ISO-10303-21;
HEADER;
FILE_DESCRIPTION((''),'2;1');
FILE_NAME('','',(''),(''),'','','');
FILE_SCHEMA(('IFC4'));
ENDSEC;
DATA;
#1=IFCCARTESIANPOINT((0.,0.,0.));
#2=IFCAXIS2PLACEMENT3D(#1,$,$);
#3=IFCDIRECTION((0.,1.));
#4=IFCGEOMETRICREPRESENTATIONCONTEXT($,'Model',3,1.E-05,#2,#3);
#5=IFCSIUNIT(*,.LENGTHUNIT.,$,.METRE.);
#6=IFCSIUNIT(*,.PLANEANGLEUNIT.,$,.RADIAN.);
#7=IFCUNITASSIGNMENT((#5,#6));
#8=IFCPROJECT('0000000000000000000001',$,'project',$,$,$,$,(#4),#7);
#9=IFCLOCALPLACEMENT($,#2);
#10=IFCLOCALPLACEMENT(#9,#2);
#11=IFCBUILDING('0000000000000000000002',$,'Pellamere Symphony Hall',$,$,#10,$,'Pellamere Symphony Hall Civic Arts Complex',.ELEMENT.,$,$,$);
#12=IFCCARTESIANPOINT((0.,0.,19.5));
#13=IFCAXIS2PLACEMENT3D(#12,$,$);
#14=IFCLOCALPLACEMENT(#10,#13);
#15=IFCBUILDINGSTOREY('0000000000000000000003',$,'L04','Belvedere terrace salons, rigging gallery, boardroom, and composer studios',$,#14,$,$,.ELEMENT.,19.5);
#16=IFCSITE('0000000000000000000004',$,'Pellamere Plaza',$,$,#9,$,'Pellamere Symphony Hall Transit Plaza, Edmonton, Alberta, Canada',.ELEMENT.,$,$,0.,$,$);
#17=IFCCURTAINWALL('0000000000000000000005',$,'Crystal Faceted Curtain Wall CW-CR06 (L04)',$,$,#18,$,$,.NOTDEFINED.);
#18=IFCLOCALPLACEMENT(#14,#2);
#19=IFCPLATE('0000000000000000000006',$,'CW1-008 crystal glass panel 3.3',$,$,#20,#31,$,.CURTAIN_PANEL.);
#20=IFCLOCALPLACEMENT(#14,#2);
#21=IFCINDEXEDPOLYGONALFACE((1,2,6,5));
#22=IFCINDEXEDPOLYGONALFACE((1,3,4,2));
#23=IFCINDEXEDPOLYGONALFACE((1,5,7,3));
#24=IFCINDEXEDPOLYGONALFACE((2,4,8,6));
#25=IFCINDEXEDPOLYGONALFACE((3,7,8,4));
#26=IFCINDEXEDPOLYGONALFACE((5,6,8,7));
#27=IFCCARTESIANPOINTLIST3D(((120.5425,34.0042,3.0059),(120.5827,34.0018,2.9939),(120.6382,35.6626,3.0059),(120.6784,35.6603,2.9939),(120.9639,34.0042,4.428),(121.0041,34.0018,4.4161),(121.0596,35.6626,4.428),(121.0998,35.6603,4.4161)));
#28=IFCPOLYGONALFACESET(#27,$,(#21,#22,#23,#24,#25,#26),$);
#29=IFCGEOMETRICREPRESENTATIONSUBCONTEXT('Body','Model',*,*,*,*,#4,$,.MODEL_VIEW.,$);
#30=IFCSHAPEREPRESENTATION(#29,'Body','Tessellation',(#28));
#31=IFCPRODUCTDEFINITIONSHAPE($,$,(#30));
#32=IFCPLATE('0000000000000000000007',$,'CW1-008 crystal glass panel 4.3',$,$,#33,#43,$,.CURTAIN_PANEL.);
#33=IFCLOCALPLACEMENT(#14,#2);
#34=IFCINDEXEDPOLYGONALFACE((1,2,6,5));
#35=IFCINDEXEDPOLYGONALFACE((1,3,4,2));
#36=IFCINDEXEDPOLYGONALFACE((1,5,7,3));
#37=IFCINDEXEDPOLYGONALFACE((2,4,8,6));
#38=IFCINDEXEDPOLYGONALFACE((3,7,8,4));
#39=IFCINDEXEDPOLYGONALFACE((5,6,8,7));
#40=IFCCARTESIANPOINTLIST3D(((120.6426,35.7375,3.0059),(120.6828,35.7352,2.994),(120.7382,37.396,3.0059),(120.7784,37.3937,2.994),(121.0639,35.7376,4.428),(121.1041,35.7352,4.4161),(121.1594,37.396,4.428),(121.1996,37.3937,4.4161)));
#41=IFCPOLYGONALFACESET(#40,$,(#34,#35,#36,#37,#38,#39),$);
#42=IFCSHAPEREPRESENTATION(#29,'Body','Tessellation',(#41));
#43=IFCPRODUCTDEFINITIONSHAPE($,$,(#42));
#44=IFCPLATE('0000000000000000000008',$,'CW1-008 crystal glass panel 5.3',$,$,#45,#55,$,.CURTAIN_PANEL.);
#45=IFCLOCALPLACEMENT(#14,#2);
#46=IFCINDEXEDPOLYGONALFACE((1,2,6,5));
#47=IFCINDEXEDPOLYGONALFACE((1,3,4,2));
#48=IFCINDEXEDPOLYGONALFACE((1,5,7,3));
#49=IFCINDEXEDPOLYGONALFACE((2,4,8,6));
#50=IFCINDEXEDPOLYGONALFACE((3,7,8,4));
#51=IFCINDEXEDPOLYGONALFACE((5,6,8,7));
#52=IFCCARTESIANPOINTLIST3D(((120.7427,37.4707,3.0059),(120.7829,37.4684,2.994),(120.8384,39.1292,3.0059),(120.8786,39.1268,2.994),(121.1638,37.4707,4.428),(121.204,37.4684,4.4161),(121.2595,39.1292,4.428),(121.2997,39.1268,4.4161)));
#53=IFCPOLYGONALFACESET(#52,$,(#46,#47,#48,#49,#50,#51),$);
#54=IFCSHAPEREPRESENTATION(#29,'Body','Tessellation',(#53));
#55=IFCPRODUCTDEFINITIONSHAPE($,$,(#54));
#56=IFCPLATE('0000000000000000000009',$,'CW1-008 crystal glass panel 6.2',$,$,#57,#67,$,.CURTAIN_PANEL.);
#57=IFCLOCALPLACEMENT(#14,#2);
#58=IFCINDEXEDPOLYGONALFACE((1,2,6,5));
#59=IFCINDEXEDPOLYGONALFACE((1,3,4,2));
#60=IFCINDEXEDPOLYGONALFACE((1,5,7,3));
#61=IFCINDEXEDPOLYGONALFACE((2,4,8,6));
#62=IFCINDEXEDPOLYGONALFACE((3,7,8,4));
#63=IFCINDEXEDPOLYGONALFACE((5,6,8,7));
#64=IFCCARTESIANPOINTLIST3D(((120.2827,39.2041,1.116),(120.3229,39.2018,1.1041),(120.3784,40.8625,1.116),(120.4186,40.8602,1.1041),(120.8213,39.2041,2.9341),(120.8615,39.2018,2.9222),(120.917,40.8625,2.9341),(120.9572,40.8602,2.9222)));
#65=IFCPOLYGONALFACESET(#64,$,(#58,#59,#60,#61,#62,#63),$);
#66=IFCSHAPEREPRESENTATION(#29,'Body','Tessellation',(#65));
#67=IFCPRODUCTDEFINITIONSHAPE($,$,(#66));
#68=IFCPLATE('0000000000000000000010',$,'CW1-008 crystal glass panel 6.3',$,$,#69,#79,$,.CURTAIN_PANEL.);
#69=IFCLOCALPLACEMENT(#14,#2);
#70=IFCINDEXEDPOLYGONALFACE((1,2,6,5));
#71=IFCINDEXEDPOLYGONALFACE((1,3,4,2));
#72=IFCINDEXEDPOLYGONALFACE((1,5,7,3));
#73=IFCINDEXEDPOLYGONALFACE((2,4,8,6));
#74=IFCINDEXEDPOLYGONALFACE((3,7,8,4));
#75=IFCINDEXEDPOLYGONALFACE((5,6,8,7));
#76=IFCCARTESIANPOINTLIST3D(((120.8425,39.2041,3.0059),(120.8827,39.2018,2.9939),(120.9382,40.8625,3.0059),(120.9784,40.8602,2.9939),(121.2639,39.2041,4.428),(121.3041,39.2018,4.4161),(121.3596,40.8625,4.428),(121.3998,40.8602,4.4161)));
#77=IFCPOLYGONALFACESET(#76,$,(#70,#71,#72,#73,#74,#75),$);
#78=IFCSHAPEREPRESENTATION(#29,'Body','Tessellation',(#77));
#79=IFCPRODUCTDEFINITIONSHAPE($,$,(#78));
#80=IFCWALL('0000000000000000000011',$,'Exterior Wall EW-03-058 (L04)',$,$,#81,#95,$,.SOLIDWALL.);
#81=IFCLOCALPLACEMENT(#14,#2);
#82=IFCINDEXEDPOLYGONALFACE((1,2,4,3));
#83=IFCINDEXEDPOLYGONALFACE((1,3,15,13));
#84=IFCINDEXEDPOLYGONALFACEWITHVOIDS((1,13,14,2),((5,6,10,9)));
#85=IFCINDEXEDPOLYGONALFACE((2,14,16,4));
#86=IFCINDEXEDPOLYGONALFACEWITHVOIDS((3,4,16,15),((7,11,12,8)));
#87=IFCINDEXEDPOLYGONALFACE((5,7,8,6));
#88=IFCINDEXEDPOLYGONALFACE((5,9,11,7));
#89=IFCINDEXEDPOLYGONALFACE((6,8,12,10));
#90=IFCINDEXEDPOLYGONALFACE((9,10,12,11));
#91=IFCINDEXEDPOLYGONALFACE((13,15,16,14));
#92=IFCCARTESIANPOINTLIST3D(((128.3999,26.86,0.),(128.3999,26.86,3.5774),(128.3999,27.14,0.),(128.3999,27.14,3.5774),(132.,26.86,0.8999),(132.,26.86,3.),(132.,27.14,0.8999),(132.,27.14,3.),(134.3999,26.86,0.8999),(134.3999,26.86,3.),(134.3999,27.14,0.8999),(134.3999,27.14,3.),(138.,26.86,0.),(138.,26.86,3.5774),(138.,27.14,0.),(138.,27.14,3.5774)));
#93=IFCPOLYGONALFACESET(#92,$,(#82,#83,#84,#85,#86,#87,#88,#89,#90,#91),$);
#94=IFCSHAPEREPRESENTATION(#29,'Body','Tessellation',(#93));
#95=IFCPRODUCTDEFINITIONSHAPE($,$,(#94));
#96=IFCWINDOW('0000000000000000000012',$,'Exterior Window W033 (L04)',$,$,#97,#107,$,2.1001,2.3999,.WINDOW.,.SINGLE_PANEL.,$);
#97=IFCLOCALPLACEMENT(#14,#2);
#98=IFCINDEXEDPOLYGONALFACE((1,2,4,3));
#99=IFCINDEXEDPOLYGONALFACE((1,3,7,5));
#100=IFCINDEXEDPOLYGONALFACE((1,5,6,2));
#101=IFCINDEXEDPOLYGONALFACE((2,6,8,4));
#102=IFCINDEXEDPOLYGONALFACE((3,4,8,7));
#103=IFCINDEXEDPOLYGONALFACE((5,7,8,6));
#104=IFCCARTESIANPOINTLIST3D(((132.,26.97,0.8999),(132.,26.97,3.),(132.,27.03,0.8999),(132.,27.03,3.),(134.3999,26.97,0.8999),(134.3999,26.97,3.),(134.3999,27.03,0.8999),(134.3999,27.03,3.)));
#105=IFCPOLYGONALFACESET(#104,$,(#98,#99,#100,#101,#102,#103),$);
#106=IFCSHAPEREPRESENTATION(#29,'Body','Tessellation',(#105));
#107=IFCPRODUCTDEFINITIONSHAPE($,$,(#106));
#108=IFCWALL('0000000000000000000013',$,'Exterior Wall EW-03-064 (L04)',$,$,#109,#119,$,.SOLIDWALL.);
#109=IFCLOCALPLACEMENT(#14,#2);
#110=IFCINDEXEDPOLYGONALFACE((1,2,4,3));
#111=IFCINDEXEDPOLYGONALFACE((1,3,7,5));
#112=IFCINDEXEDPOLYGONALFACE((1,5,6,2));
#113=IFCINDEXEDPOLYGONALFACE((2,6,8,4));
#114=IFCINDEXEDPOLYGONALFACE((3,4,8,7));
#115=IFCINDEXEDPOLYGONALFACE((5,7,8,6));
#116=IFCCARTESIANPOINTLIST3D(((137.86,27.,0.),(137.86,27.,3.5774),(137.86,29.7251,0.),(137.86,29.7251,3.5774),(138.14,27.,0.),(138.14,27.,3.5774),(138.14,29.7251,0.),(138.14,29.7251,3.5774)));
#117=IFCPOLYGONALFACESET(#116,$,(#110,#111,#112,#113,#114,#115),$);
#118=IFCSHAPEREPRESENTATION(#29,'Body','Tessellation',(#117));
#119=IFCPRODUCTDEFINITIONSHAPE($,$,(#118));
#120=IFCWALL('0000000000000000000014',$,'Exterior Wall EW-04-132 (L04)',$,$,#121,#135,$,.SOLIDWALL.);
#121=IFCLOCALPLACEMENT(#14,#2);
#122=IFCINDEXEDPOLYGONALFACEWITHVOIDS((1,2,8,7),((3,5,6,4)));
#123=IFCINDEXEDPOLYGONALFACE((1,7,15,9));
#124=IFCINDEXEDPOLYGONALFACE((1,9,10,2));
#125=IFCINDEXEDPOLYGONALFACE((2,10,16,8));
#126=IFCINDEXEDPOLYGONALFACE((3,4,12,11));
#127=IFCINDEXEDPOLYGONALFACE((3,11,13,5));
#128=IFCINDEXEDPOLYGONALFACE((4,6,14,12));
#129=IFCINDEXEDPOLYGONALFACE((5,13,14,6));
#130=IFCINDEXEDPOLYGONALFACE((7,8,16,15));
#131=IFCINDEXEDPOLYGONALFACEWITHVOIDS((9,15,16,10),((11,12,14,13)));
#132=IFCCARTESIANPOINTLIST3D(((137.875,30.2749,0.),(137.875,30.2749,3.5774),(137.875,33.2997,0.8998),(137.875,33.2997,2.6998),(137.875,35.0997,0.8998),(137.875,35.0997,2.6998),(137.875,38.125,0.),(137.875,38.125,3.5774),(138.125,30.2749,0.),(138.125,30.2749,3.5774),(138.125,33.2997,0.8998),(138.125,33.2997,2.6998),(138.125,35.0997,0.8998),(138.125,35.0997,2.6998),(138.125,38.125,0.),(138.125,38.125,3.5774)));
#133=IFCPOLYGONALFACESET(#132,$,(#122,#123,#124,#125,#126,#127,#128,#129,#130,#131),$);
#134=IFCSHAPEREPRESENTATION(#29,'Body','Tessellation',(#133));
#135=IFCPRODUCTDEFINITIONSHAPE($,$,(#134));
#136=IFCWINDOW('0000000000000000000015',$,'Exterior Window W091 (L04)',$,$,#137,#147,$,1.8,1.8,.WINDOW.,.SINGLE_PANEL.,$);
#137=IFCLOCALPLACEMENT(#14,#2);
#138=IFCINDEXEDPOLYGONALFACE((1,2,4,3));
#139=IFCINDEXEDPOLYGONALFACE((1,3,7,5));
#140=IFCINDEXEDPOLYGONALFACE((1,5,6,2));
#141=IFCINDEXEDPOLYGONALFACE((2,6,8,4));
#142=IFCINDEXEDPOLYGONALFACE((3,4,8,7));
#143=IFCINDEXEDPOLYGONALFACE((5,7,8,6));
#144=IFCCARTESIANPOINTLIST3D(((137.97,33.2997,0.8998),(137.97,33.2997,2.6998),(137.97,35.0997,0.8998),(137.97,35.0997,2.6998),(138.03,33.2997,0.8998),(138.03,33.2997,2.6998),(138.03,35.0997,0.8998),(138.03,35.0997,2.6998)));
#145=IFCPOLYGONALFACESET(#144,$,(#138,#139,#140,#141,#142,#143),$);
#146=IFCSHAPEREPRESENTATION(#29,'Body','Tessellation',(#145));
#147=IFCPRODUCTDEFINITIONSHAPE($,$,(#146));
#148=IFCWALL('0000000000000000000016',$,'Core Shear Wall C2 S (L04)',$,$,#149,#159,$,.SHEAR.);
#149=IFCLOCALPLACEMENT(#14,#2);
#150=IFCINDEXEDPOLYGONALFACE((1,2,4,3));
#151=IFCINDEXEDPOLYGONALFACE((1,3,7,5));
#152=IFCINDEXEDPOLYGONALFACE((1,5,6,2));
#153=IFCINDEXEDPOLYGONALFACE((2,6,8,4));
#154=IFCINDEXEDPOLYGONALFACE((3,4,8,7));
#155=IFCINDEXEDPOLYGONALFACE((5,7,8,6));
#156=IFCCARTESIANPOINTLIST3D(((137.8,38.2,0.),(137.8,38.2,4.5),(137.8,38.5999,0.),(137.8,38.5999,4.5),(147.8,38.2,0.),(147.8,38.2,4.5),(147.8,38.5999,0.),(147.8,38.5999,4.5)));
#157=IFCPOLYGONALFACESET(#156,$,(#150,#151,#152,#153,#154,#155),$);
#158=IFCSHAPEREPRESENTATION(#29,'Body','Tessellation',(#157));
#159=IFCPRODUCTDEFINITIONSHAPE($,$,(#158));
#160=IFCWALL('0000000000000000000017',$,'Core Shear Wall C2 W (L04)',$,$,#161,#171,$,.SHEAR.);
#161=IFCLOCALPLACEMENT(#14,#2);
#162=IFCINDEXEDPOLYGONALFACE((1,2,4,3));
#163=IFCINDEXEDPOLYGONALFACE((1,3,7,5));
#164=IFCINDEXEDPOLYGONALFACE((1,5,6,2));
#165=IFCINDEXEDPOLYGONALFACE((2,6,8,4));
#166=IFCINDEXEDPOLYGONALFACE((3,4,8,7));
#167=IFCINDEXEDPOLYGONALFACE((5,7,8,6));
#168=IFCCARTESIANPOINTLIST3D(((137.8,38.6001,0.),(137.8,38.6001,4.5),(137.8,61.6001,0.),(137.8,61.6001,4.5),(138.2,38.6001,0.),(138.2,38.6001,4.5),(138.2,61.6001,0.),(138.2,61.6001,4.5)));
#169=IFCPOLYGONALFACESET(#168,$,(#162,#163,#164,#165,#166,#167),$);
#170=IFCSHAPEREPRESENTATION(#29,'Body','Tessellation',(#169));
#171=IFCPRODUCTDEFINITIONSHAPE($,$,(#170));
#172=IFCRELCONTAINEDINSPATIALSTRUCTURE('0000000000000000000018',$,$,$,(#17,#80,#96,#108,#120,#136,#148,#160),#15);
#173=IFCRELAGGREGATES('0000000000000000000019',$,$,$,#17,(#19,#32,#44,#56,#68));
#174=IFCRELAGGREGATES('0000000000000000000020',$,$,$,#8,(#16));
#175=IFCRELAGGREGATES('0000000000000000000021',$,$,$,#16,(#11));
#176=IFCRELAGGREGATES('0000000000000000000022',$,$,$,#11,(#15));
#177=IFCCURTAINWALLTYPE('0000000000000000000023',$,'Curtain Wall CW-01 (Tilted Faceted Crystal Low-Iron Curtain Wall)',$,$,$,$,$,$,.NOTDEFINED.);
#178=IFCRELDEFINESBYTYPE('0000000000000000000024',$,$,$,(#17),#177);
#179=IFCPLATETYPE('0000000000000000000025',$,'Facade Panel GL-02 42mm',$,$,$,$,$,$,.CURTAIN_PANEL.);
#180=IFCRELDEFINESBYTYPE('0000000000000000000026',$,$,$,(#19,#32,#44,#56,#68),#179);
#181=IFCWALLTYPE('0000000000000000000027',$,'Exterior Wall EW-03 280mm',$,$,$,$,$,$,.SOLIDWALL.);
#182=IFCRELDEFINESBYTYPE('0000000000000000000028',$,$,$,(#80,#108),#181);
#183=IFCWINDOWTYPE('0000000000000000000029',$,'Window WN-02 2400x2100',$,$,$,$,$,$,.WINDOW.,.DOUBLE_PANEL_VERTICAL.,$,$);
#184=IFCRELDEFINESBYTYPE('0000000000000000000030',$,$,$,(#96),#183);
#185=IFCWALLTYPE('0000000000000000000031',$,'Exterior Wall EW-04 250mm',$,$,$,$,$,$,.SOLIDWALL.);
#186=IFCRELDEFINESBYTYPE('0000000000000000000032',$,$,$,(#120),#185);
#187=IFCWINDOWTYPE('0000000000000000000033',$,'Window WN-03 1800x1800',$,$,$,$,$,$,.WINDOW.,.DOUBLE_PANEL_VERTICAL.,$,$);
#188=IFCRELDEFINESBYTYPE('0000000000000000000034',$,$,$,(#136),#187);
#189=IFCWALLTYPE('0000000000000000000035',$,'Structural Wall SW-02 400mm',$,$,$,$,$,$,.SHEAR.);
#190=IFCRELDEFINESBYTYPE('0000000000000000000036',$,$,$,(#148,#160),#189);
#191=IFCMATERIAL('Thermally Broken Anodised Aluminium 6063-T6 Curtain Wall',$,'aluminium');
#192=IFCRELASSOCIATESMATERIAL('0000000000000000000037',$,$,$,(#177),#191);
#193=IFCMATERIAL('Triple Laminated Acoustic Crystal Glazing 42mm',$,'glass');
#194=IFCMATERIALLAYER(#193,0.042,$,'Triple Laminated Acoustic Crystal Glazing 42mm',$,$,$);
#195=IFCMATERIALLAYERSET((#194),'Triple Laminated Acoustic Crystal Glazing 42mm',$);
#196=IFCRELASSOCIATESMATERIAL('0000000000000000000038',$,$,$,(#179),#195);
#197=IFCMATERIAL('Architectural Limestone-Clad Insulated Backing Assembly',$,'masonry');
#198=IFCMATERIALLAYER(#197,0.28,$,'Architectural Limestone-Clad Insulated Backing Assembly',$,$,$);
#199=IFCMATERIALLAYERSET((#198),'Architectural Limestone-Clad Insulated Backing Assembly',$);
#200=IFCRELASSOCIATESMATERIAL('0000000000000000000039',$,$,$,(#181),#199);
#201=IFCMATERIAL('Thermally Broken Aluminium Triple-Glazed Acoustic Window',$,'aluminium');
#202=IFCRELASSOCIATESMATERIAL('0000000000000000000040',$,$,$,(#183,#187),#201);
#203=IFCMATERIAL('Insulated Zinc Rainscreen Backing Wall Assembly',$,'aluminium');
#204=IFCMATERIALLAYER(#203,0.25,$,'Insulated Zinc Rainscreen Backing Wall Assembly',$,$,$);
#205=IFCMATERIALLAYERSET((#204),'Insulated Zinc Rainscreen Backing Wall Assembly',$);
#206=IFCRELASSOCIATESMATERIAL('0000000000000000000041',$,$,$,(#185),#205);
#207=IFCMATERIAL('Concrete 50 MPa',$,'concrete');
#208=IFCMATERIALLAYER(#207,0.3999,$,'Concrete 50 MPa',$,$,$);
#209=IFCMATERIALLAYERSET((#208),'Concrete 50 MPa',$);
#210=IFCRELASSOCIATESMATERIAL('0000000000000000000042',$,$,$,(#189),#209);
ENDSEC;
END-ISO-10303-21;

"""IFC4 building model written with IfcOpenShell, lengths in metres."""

from ifc_helpers import new_model, si_unit, direction, frame, frame_2d, origin, place, context, subcontext, project, spatial, polyline, rectangle, outline, extrude, material, layer, layer_set, type_object, element, fill, aggregate, save


model = new_model("IFC4")

# Units and contexts
model_context = context("Model", 3, precision=1e-05, world=origin(), true_north=direction((0.0, 1.0)))
body_context = subcontext(model_context, "Body", "Model", "MODEL_VIEW")
ifc_project = project(units=[si_unit("LENGTHUNIT", "METRE"), si_unit("PLANEANGLEUNIT", "RADIAN")], contexts=[model_context])

# Site, building, storey
site_placement = place(None, origin())
site = spatial("IfcSite", under=ifc_project, at=site_placement, Name="Pellamere Plaza", LongName="Pellamere Symphony Hall Transit Plaza, Edmonton, Alberta, Canada", CompositionType="ELEMENT", RefElevation=0.0)
building_placement = place(site_placement, origin())
building = spatial("IfcBuilding", under=site, at=building_placement, Name="Pellamere Symphony Hall", LongName="Pellamere Symphony Hall Civic Arts Complex", CompositionType="ELEMENT")
storey_placement = place(building_placement, frame((0.0, 0.0, 19.5)))
storey = spatial("IfcBuildingStorey", under=building, at=storey_placement, Name="L04", Description="Belvedere terrace salons, rigging gallery, boardroom, and composer studios", CompositionType="ELEMENT", Elevation=19.5)

# Curtain wall
ifc_material_1 = material(Name="Thermally Broken Anodised Aluminium 6063-T6 Curtain Wall", Category="aluminium")
curtain_wall_type = type_object("IfcCurtainWallType", Name="Curtain Wall CW-01 (Tilted Faceted Crystal Low-Iron Curtain Wall)", PredefinedType="NOTDEFINED", material=ifc_material_1)
curtain_wall_placement = place(storey_placement, origin())
curtain_wall = element("IfcCurtainWall", 1, at=curtain_wall_placement, inside=storey, type_object=curtain_wall_type, Name="Crystal Faceted Curtain Wall CW-CR06 (L04)", PredefinedType="NOTDEFINED")

# Plates
ifc_material_2 = material(Name="Triple Laminated Acoustic Crystal Glazing 42mm", Category="glass")
ifc_layer_1 = layer(ifc_material_2, 0.042, Name="Triple Laminated Acoustic Crystal Glazing 42mm")
ifc_layer_set_1 = layer_set([ifc_layer_1], Name="Triple Laminated Acoustic Crystal Glazing 42mm")
plate_type = type_object("IfcPlateType", Name="Facade Panel GL-02 42mm", PredefinedType="CURTAIN_PANEL", material=ifc_layer_set_1)
plate_1_placement = place(storey_placement, frame((120.5425, 34.0042, 3.0059), z_axis=(-0.957331, 0.055244, 0.283666), x_axis=(0.057611, 0.998339, 0.0)))
plate_1 = element("IfcPlate", 2, at=plate_1_placement, type_object=plate_type, Name="CW1-008 crystal glass panel 3.3", PredefinedType="CURTAIN_PANEL", context=body_context, shape_type="SweptSolid", body=[
    extrude(outline(polyline([(0.0, 0.0), (1.6612, 0.0), (1.6855, -1.483), (0.0243, -1.483), (0.0, 0.0)])), origin(), (0.0, 0.0, -1.0), 0.042),
])
plate_2_placement = place(storey_placement, frame((120.6426, 35.7375, 3.0059), z_axis=(-0.957357, 0.055175, 0.283591), x_axis=(0.057543, 0.998343, 0.00002)))
plate_2 = element("IfcPlate", 3, at=plate_2_placement, type_object=plate_type, Name="CW1-008 crystal glass panel 4.3", PredefinedType="CURTAIN_PANEL", context=body_context, shape_type="SweptSolid", body=[
    extrude(outline(polyline([(0.0, 0.0), (1.6612, 0.0), (1.6855, -1.483), (0.0243, -1.483), (0.0, 0.0)])), origin(), (0.0, 0.0, -1.0), 0.042),
])
plate_3_placement = place(storey_placement, frame((120.7427, 37.4707, 3.0059), z_axis=(-0.957375, 0.055247, 0.283515), x_axis=(0.057611, 0.998339, 0.0)))
plate_3 = element("IfcPlate", 4, at=plate_3_placement, type_object=plate_type, Name="CW1-008 crystal glass panel 5.3", PredefinedType="CURTAIN_PANEL", context=body_context, shape_type="SweptSolid", body=[
    extrude(outline(polyline([(0.0, 0.0), (1.6612, 0.0), (1.6855, -1.483), (0.0243, -1.483), (0.0, 0.0)])), origin(), (0.0, 0.0, -1.0), 0.042),
])
plate_4_placement = place(storey_placement, frame((120.2827, 39.2041, 1.116), z_axis=(-0.957352, 0.055245, 0.283593), x_axis=(0.057611, 0.998339, 0.0)))
plate_4 = element("IfcPlate", 5, at=plate_4_placement, type_object=plate_type, Name="CW1-008 crystal glass panel 6.2", PredefinedType="CURTAIN_PANEL", context=body_context, shape_type="SweptSolid", body=[
    extrude(outline(polyline([(0.0, 0.0), (1.6612, 0.0), (1.6922, -1.896), (0.031, -1.896), (0.0, 0.0)])), origin(), (0.0, 0.0, -1.0), 0.042),
])
plate_5_placement = place(storey_placement, frame((120.8425, 39.2041, 3.0059), z_axis=(-0.957331, 0.055244, 0.283666), x_axis=(0.057611, 0.998339, 0.0)))
plate_5 = element("IfcPlate", 6, at=plate_5_placement, type_object=plate_type, Name="CW1-008 crystal glass panel 6.3", PredefinedType="CURTAIN_PANEL", context=body_context, shape_type="SweptSolid", body=[
    extrude(outline(polyline([(0.0, 0.0), (1.6612, 0.0), (1.6855, -1.483), (0.0243, -1.483), (0.0, 0.0)])), origin(), (0.0, 0.0, -1.0), 0.042),
])
aggregate(curtain_wall, [plate_1, plate_2, plate_3, plate_4, plate_5])

# Wall, opening, window
ifc_material_3 = material(Name="Architectural Limestone-Clad Insulated Backing Assembly", Category="masonry")
ifc_layer_2 = layer(ifc_material_3, 0.28, Name="Architectural Limestone-Clad Insulated Backing Assembly")
ifc_layer_set_2 = layer_set([ifc_layer_2], Name="Architectural Limestone-Clad Insulated Backing Assembly")
wall_type_1 = type_object("IfcWallType", Name="Exterior Wall EW-03 280mm", PredefinedType="SOLIDWALL", material=ifc_layer_set_2)
wall_1_placement = place(storey_placement, frame((128.3999, 27.0, 0.0), z_axis=(0.0, 0.0, 1.0), x_axis=(1.0, 0.0, 0.0)))
wall_1 = element("IfcWall", 7, at=wall_1_placement, inside=storey, type_object=wall_type_1, Name="Exterior Wall EW-03-058 (L04)", PredefinedType="SOLIDWALL", context=body_context, shape_type="SweptSolid", body=[
    extrude(rectangle(XDim=9.6001, YDim=0.28, at=frame_2d((4.8, 0.0))), origin(), (0.0, 0.0, 1.0), 3.5774),
])
opening_1_placement = place(wall_1_placement, frame((3.6001, 0.0, 0.8999)))
opening_1 = element("IfcOpeningElement", 8, at=opening_1_placement, cuts=wall_1, PredefinedType="OPENING", context=body_context, shape_type="SweptSolid", body=[
    extrude(rectangle(XDim=2.3999, YDim=2.1001, at=frame_2d((1.2, 1.05))), frame((0.0, 0.1499, 0.0), z_axis=(0.0, -1.0, 0.0), x_axis=(1.0, 0.0, 0.0)), (0.0, 0.0, 1.0), 0.3),
])
ifc_material_4 = material(Name="Thermally Broken Aluminium Triple-Glazed Acoustic Window", Category="aluminium")
window_type_1 = type_object("IfcWindowType", Name="Window WN-02 2400x2100", PartitioningType="DOUBLE_PANEL_VERTICAL", PredefinedType="WINDOW", material=ifc_material_4)
window_1_placement = place(opening_1_placement, origin())
window_1 = element("IfcWindow", 9, at=window_1_placement, inside=storey, type_object=window_type_1, Name="Exterior Window W033 (L04)", OverallHeight=2.1001, OverallWidth=2.3999, PartitioningType="SINGLE_PANEL", PredefinedType="WINDOW", context=body_context, shape_type="SweptSolid", body=[
    extrude(rectangle(XDim=2.3999, YDim=2.1001, at=frame_2d((1.2, 1.05))), frame((0.0, 0.03, 0.0), z_axis=(0.0, -1.0, 0.0), x_axis=(1.0, 0.0, 0.0)), (0.0, 0.0, 1.0), 0.0601),
])
fill(opening_1, window_1)

# Wall
wall_2_placement = place(storey_placement, frame((138.0, 27.0, 0.0), z_axis=(0.0, 0.0, 1.0), x_axis=(0.0, 1.0, 0.0)))
element("IfcWall", 10, at=wall_2_placement, inside=storey, type_object=wall_type_1, Name="Exterior Wall EW-03-064 (L04)", PredefinedType="SOLIDWALL", context=body_context, shape_type="SweptSolid", body=[
    extrude(rectangle(XDim=2.7251, YDim=0.28, at=frame_2d((1.3625, 0.0))), origin(), (0.0, 0.0, 1.0), 3.5774),
])

# Wall, opening, window
ifc_material_5 = material(Name="Insulated Zinc Rainscreen Backing Wall Assembly", Category="aluminium")
ifc_layer_3 = layer(ifc_material_5, 0.25, Name="Insulated Zinc Rainscreen Backing Wall Assembly")
ifc_layer_set_3 = layer_set([ifc_layer_3], Name="Insulated Zinc Rainscreen Backing Wall Assembly")
wall_type_2 = type_object("IfcWallType", Name="Exterior Wall EW-04 250mm", PredefinedType="SOLIDWALL", material=ifc_layer_set_3)
wall_3_placement = place(storey_placement, frame((138.0, 30.2749, 0.0), z_axis=(0.0, 0.0, 1.0), x_axis=(0.0, 1.0, 0.0)))
wall_3 = element("IfcWall", 11, at=wall_3_placement, inside=storey, type_object=wall_type_2, Name="Exterior Wall EW-04-132 (L04)", PredefinedType="SOLIDWALL", context=body_context, shape_type="SweptSolid", body=[
    extrude(rectangle(XDim=7.8501, YDim=0.25, at=frame_2d((3.925, 0.0))), origin(), (0.0, 0.0, 1.0), 3.5774),
])
opening_2_placement = place(wall_3_placement, frame((3.0249, 0.0, 0.8999)))
opening_2 = element("IfcOpeningElement", 12, at=opening_2_placement, cuts=wall_3, PredefinedType="OPENING", context=body_context, shape_type="SweptSolid", body=[
    extrude(rectangle(XDim=1.8, YDim=1.8, at=frame_2d((0.8999, 0.8999))), frame((0.0, 0.135, 0.0), z_axis=(0.0, -1.0, 0.0), x_axis=(1.0, 0.0, 0.0)), (0.0, 0.0, 1.0), 0.27),
])
window_type_2 = type_object("IfcWindowType", Name="Window WN-03 1800x1800", PartitioningType="DOUBLE_PANEL_VERTICAL", PredefinedType="WINDOW", material=ifc_material_4)
window_2_placement = place(opening_2_placement, origin())
window_2 = element("IfcWindow", 13, at=window_2_placement, inside=storey, type_object=window_type_2, Name="Exterior Window W091 (L04)", OverallHeight=1.8, OverallWidth=1.8, PartitioningType="SINGLE_PANEL", PredefinedType="WINDOW", context=body_context, shape_type="SweptSolid", body=[
    extrude(rectangle(XDim=1.8, YDim=1.8, at=frame_2d((0.8999, 0.8999))), frame((0.0, 0.03, 0.0), z_axis=(0.0, -1.0, 0.0), x_axis=(1.0, 0.0, 0.0)), (0.0, 0.0, 1.0), 0.0601),
])
fill(opening_2, window_2)

# Walls
ifc_material_6 = material(Name="Concrete 50 MPa", Category="concrete")
ifc_layer_4 = layer(ifc_material_6, 0.3999, Name="Concrete 50 MPa")
ifc_layer_set_4 = layer_set([ifc_layer_4], Name="Concrete 50 MPa")
wall_type_3 = type_object("IfcWallType", Name="Structural Wall SW-02 400mm", PredefinedType="SHEAR", material=ifc_layer_set_4)
wall_4_placement = place(storey_placement, frame((137.8, 38.3999, 0.0), z_axis=(0.0, 0.0, 1.0), x_axis=(1.0, 0.0, 0.0)))
element("IfcWall", 14, at=wall_4_placement, inside=storey, type_object=wall_type_3, Name="Core Shear Wall C2 S (L04)", PredefinedType="SHEAR", context=body_context, shape_type="SweptSolid", body=[
    extrude(rectangle(XDim=10.0, YDim=0.3999, at=frame_2d((5.0, 0.0))), origin(), (0.0, 0.0, 1.0), 4.5),
])
wall_5_placement = place(storey_placement, frame((138.0, 38.6001, 0.0), z_axis=(0.0, 0.0, 1.0), x_axis=(0.0, 1.0, 0.0)))
element("IfcWall", 15, at=wall_5_placement, inside=storey, type_object=wall_type_3, Name="Core Shear Wall C2 W (L04)", PredefinedType="SHEAR", context=body_context, shape_type="SweptSolid", body=[
    extrude(rectangle(XDim=23.0, YDim=0.3999, at=frame_2d((11.5, 0.0))), origin(), (0.0, 0.0, 1.0), 4.5),
])

save(model, "model.ifc")
